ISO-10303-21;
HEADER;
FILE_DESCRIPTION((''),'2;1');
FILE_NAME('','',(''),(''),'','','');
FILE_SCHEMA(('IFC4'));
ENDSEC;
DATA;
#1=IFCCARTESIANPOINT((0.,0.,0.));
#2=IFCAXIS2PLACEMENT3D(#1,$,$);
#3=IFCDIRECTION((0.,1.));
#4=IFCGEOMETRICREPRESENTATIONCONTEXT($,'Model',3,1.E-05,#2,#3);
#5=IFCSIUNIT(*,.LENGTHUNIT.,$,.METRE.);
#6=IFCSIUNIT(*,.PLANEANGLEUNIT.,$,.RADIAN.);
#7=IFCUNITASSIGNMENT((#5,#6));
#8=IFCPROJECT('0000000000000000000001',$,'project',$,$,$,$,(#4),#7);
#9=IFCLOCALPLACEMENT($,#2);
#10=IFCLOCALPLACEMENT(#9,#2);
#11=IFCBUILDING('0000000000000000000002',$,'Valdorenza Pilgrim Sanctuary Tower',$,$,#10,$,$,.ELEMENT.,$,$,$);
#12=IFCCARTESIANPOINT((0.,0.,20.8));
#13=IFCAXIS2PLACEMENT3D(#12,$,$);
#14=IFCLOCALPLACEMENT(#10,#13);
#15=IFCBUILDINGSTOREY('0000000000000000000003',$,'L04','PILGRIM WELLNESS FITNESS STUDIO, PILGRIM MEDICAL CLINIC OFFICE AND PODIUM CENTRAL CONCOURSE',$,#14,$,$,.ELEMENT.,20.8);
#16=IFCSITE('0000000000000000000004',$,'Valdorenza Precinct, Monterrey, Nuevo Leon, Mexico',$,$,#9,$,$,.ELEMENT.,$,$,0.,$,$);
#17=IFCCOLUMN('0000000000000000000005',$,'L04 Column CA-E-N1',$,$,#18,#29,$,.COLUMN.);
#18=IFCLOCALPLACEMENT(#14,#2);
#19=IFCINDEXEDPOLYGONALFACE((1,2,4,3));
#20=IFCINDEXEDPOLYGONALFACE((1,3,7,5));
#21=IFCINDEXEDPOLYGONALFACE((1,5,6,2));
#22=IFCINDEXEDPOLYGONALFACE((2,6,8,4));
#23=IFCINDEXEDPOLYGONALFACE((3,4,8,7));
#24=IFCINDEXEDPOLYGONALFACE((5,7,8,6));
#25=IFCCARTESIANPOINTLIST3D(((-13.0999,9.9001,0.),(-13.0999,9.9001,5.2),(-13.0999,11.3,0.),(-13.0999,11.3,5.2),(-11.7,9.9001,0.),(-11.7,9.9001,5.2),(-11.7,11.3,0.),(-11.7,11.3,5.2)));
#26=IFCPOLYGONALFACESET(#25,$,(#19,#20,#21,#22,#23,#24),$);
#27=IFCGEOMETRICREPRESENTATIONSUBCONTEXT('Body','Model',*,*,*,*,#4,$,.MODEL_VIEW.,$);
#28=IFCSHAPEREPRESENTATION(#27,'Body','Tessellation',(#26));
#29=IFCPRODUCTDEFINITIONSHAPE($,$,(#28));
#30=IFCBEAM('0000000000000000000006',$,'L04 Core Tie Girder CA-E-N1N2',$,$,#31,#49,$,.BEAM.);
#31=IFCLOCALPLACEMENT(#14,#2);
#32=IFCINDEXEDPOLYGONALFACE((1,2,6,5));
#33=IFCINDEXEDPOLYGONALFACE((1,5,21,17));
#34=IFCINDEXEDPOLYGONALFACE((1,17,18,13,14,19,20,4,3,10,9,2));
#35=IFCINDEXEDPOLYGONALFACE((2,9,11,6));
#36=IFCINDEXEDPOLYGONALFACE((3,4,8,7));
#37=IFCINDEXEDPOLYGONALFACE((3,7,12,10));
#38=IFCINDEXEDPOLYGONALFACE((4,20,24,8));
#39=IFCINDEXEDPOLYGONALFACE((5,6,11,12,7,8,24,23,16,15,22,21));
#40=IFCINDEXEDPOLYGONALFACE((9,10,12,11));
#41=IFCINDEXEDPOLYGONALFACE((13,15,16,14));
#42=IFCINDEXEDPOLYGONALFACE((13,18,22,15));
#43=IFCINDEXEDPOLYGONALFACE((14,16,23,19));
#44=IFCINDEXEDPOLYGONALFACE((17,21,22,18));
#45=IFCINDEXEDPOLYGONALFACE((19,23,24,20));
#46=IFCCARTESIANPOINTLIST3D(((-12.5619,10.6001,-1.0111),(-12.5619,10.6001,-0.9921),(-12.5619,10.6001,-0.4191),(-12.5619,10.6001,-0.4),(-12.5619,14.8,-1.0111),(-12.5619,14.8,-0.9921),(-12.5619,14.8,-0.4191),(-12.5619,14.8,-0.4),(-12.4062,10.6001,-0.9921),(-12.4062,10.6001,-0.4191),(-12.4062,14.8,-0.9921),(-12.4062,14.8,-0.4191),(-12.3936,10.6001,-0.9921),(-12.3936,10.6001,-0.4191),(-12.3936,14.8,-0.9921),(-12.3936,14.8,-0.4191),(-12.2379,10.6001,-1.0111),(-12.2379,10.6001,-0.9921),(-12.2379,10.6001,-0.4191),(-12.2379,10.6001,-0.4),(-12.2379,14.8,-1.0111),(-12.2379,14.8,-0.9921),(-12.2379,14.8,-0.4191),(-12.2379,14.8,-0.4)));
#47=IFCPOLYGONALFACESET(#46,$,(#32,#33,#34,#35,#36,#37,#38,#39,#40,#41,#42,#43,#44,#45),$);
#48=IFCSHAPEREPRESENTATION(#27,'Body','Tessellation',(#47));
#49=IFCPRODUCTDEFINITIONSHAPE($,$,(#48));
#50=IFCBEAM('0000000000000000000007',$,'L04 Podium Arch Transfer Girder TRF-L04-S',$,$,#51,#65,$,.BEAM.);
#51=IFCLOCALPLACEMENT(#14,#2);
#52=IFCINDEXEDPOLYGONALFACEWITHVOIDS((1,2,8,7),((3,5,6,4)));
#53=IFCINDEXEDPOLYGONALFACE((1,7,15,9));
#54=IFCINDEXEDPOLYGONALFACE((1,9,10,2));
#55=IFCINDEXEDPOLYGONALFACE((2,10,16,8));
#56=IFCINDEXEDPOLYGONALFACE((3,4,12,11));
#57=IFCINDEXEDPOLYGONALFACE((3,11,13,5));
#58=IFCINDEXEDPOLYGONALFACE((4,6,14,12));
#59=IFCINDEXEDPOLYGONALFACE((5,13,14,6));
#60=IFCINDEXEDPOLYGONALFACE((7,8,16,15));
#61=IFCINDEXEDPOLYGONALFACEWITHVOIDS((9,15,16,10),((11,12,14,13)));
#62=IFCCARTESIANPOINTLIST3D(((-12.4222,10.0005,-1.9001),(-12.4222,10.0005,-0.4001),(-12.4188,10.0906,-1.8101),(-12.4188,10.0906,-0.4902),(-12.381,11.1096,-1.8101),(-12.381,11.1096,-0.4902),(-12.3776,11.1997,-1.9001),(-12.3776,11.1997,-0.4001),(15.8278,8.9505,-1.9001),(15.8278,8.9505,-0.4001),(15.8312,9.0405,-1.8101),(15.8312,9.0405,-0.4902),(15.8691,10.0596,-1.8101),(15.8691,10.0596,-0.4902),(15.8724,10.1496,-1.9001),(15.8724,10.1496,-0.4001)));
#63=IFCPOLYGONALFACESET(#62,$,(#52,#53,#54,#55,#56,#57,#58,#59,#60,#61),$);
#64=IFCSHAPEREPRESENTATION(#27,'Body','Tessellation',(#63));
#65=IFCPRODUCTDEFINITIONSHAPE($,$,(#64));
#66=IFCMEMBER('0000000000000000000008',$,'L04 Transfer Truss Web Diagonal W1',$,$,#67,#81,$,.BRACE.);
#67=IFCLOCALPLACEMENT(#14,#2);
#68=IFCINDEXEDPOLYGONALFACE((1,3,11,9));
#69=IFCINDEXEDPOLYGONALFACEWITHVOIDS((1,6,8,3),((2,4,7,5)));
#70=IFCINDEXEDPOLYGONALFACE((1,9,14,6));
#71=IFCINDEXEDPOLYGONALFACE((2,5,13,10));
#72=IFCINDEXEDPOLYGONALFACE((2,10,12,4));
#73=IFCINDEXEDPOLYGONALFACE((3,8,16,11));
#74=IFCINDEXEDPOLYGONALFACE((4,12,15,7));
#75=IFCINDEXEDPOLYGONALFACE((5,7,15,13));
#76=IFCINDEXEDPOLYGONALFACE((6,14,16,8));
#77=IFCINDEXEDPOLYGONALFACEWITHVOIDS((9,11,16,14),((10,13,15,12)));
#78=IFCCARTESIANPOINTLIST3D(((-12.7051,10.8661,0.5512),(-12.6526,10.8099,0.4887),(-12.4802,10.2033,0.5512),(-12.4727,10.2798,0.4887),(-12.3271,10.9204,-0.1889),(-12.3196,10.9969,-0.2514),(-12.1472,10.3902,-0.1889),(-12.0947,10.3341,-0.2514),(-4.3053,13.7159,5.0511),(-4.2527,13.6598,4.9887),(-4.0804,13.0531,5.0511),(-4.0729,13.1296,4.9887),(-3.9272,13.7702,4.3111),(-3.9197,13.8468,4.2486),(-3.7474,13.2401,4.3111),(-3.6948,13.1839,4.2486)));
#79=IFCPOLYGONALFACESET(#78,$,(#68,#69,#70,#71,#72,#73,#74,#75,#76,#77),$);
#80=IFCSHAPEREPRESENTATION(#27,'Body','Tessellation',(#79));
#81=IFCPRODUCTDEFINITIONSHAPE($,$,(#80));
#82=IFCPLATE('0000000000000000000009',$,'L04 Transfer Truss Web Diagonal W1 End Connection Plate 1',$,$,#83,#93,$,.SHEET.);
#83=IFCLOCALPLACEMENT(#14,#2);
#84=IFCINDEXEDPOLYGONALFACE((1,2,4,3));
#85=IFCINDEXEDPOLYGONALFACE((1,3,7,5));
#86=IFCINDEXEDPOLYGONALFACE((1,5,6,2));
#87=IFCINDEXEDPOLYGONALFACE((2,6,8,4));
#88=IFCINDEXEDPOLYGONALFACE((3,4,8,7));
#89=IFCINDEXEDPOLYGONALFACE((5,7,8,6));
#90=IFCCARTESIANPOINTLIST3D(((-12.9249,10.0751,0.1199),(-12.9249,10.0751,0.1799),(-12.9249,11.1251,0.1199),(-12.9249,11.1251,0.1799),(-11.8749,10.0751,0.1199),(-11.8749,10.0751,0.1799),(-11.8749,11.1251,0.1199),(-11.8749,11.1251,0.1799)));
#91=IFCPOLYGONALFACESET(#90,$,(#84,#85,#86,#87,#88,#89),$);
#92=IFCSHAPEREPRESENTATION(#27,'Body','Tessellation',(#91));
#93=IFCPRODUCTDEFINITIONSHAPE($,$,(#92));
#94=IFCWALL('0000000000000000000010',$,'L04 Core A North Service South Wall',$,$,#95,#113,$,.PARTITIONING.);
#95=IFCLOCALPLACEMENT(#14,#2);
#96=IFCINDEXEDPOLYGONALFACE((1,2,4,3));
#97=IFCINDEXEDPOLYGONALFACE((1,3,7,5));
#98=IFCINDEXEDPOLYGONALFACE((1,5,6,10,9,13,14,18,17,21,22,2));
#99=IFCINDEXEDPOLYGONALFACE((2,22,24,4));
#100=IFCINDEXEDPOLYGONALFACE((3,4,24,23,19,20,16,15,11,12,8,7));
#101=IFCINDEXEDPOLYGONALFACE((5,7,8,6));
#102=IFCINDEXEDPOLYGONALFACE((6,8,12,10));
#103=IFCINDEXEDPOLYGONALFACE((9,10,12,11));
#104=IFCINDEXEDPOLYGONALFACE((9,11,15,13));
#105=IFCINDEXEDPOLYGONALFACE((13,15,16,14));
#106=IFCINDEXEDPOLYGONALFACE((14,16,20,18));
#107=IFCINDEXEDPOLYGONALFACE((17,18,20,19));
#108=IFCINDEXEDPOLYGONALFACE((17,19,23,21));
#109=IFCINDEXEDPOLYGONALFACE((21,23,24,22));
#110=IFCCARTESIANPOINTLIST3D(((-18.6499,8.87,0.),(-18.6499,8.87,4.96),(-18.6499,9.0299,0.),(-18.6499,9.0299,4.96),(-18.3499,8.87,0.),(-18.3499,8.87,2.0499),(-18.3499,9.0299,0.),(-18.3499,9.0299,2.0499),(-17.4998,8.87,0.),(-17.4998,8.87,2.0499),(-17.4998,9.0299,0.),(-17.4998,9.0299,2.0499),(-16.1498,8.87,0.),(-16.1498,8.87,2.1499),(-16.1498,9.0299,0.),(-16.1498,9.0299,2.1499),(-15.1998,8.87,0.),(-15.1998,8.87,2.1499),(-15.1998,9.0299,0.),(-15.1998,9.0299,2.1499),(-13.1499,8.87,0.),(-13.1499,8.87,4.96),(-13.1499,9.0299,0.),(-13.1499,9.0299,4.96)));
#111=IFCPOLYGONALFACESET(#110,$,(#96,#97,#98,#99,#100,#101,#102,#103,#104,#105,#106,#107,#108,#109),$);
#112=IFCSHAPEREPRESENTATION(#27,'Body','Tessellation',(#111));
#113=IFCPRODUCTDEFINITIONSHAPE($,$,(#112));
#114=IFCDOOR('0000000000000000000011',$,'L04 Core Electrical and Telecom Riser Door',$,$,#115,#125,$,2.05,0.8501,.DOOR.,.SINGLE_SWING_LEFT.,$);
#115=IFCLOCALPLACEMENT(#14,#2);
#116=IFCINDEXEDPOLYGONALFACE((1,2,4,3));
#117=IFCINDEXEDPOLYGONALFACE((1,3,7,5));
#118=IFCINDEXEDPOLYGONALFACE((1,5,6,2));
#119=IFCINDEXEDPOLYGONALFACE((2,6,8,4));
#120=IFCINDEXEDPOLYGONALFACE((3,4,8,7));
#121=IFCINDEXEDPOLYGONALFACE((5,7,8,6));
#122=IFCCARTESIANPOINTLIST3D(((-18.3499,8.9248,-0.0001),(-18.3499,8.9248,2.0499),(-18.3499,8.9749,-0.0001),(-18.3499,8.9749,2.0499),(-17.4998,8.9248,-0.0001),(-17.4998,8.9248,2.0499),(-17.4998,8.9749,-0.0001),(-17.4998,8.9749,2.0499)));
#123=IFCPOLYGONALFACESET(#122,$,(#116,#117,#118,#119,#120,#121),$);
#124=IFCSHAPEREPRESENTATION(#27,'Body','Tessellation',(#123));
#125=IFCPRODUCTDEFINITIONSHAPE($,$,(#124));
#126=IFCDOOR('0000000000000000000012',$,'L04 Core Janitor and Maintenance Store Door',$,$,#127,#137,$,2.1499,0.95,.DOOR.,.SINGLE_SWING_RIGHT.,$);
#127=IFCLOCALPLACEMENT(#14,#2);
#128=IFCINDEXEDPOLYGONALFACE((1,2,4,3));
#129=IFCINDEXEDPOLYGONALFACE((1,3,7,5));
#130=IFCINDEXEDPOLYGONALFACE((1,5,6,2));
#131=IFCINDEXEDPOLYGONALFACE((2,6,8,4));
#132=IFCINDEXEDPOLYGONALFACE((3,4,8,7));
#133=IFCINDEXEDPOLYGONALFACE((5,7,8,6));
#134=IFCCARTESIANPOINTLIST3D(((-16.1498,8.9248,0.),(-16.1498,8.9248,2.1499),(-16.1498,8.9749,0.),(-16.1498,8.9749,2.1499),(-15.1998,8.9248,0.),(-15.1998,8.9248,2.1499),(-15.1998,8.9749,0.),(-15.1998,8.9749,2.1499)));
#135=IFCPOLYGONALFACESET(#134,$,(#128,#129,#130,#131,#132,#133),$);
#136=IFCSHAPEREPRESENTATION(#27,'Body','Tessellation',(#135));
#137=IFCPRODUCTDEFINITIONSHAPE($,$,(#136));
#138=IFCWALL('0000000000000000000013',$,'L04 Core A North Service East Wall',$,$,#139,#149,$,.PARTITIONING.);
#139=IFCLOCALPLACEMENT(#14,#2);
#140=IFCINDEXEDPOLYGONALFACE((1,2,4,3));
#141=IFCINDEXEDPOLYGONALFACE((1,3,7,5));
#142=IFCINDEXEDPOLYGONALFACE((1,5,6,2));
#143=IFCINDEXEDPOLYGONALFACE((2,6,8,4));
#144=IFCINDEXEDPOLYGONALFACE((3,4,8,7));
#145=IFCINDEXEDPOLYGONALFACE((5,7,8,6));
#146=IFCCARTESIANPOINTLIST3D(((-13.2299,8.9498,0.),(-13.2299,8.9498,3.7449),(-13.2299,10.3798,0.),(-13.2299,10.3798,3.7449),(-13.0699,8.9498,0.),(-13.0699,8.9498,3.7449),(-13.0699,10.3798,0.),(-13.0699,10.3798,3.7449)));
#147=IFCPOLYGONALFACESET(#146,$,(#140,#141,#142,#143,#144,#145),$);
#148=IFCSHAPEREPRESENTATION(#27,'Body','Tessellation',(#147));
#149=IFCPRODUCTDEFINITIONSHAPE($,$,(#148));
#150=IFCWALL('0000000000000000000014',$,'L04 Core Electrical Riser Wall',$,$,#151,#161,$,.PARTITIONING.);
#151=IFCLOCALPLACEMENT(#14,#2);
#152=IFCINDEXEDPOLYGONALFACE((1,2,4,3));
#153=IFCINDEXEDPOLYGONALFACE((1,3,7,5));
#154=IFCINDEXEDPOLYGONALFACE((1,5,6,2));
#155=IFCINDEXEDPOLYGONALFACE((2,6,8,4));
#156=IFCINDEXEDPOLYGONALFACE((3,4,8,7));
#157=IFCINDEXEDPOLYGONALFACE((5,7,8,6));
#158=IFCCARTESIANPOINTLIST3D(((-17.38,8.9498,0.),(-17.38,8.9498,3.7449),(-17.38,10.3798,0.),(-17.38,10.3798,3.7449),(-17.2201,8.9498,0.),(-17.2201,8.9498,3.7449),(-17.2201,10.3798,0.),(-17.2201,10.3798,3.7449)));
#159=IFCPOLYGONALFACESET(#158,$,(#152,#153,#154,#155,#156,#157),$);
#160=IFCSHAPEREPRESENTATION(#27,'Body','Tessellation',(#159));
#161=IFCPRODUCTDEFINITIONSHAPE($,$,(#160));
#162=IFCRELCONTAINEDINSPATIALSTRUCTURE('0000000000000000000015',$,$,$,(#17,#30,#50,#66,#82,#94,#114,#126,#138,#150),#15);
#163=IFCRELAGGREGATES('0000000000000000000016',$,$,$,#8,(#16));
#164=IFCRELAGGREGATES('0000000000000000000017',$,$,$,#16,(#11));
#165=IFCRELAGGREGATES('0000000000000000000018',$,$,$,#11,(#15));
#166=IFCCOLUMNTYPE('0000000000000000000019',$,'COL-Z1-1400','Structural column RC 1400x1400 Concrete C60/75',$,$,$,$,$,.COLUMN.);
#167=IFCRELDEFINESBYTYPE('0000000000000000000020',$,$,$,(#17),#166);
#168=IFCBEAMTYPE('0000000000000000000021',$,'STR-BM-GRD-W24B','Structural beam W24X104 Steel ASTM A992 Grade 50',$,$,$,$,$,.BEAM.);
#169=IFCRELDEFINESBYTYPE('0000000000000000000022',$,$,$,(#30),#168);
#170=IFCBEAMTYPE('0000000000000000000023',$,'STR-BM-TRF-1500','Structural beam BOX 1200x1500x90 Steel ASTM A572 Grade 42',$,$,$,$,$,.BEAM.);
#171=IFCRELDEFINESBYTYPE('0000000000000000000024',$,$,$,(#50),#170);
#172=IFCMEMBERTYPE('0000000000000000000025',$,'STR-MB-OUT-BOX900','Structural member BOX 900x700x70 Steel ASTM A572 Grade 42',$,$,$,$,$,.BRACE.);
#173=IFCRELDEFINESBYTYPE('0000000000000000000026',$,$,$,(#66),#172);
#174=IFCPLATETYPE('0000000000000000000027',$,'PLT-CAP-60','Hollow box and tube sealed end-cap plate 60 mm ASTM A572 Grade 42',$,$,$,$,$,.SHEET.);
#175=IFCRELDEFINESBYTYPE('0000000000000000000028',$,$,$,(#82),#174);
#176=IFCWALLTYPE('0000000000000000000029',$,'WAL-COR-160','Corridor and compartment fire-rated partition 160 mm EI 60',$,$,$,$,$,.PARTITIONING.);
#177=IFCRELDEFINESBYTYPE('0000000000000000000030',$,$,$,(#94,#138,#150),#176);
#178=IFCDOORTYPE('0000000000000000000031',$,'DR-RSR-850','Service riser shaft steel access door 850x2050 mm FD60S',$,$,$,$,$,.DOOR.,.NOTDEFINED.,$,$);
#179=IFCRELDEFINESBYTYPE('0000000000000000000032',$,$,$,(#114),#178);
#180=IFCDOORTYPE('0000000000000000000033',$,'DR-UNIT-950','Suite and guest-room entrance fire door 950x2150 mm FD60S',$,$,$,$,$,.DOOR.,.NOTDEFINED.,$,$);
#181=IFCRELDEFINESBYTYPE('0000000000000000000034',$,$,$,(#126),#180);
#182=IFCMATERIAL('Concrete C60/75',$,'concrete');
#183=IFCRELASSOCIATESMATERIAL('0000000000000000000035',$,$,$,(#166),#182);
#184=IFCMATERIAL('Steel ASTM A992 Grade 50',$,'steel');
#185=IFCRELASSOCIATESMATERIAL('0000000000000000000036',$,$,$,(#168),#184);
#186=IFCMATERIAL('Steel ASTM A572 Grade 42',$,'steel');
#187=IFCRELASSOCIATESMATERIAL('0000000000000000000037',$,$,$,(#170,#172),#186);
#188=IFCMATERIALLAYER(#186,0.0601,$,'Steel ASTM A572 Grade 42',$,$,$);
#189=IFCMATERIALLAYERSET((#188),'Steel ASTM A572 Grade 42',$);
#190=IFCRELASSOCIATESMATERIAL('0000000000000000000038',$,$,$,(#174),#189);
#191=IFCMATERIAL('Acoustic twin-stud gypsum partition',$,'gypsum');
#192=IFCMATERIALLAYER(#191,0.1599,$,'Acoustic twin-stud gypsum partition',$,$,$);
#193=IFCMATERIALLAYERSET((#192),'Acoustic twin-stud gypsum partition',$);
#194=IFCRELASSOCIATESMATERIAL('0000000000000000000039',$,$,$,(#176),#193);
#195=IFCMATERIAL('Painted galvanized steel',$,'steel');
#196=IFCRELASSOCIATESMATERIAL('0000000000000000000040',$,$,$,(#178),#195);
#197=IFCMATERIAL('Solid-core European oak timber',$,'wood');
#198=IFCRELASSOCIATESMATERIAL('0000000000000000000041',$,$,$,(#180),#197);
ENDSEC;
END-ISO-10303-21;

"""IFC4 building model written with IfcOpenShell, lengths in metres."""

from ifc_helpers import new_model, si_unit, direction, frame, frame_2d, origin, origin_2d, place, context, subcontext, project, spatial, rectangle, hollow_rectangle, i_section, extrude, source, transform, mapped, material, layer, layer_set, material_profile, profile_set, type_object, element, fill, save


model = new_model("IFC4")

# Units and contexts
model_context = context("Model", 3, precision=1e-05, world=origin(), true_north=direction((0.0, 1.0)))
body_context = subcontext(model_context, "Body", "Model", "MODEL_VIEW")
ifc_project = project(units=[si_unit("LENGTHUNIT", "METRE"), si_unit("PLANEANGLEUNIT", "RADIAN")], contexts=[model_context])

# Site, building, storey
site_placement = place(None, origin())
site = spatial("IfcSite", under=ifc_project, at=site_placement, Name="Valdorenza Precinct, Monterrey, Nuevo Leon, Mexico", CompositionType="ELEMENT", RefElevation=0.0)
building_placement = place(site_placement, origin())
building = spatial("IfcBuilding", under=site, at=building_placement, Name="Valdorenza Pilgrim Sanctuary Tower", CompositionType="ELEMENT")
storey_placement = place(building_placement, frame((0.0, 0.0, 20.8)))
storey = spatial("IfcBuildingStorey", under=building, at=storey_placement, Name="L04", Description="PILGRIM WELLNESS FITNESS STUDIO, PILGRIM MEDICAL CLINIC OFFICE AND PODIUM CENTRAL CONCOURSE", CompositionType="ELEMENT", Elevation=20.8)

# Column
ifc_material_1 = material(Name="Concrete C60/75", Category="concrete")
ifc_material_profile_1 = material_profile(ifc_material_1, rectangle(XDim=1.3999, YDim=1.3999, at=origin_2d()), Name="RC 1400x1400")
ifc_profile_set_1 = profile_set([ifc_material_profile_1], Name="Concrete C60/75")
column_type = type_object("IfcColumnType", Name="COL-Z1-1400", Description="Structural column RC 1400x1400 Concrete C60/75", PredefinedType="COLUMN", material=ifc_profile_set_1)
shared_shape_1 = source(origin(), body_context, "Body", "SweptSolid", [
    extrude(rectangle(XDim=1.3999, YDim=1.3999, at=origin_2d()), origin(), (0.0, 0.0, 1.0), 5.2),
])
column_placement = place(storey_placement, frame((-12.3999, 10.6001, 0.0), z_axis=(0.0, 0.0, 1.0), x_axis=(1.0, 0.0, 0.0)))
element("IfcColumn", 1, at=column_placement, inside=storey, type_object=column_type, Name="L04 Column CA-E-N1", PredefinedType="COLUMN", context=body_context, shape_type="MappedRepresentation", body=[
    mapped(shared_shape_1, transform((0.0, 0.0, 0.0), x_axis=(1.0, 0.0, 0.0), y_axis=(0.0, 1.0, 0.0), z_axis=(0.0, 0.0, 1.0), scale=1.0)),
])

# Beams
ifc_material_2 = material(Name="Steel ASTM A992 Grade 50", Category="steel")
ifc_material_profile_2 = material_profile(ifc_material_2, i_section(OverallWidth=0.324, OverallDepth=0.6111, WebThickness=0.0127, FlangeThickness=0.019, at=origin_2d()), Name="W24X104")
ifc_profile_set_2 = profile_set([ifc_material_profile_2], Name="Steel ASTM A992 Grade 50")
beam_type_1 = type_object("IfcBeamType", Name="STR-BM-GRD-W24B", Description="Structural beam W24X104 Steel ASTM A992 Grade 50", PredefinedType="BEAM", material=ifc_profile_set_2)
shared_shape_2 = source(origin(), body_context, "Body", "SweptSolid", [
    extrude(i_section(OverallWidth=0.324, OverallDepth=0.6111, WebThickness=0.0127, FlangeThickness=0.019, at=origin_2d()), origin(), (0.0, 0.0, 1.0), 4.2),
])
beam_1_placement = place(storey_placement, frame((-12.3999, 10.6001, -0.7056), z_axis=(0.0, 1.0, 0.0), x_axis=(-1.0, 0.0, 0.0)))
element("IfcBeam", 2, at=beam_1_placement, inside=storey, type_object=beam_type_1, Name="L04 Core Tie Girder CA-E-N1N2", PredefinedType="BEAM", context=body_context, shape_type="MappedRepresentation", body=[
    mapped(shared_shape_2, transform((0.0, 0.0, 0.0), x_axis=(1.0, 0.0, 0.0), y_axis=(0.0, 1.0, 0.0), z_axis=(0.0, 0.0, 1.0), scale=1.0)),
])
ifc_material_3 = material(Name="Steel ASTM A572 Grade 42", Category="steel")
ifc_material_profile_3 = material_profile(ifc_material_3, hollow_rectangle(XDim=1.2, YDim=1.5, WallThickness=0.0901, at=origin_2d()), Name="BOX 1200x1500x90")
ifc_profile_set_3 = profile_set([ifc_material_profile_3], Name="Steel ASTM A572 Grade 42")
beam_type_2 = type_object("IfcBeamType", Name="STR-BM-TRF-1500", Description="Structural beam BOX 1200x1500x90 Steel ASTM A572 Grade 42", PredefinedType="BEAM", material=ifc_profile_set_3)
shared_shape_3 = source(origin(), body_context, "Body", "SweptSolid", [
    extrude(hollow_rectangle(XDim=1.2, YDim=1.5, WallThickness=0.0901, at=origin_2d()), origin(), (0.0, 0.0, 1.0), 28.2695),
])
beam_2_placement = place(storey_placement, frame((-12.3999, 10.6001, -1.1501), z_axis=(0.99931, -0.037144, 0.0), x_axis=(0.037144, 0.99931, 0.0)))
element("IfcBeam", 3, at=beam_2_placement, inside=storey, type_object=beam_type_2, Name="L04 Podium Arch Transfer Girder TRF-L04-S", PredefinedType="BEAM", context=body_context, shape_type="MappedRepresentation", body=[
    mapped(shared_shape_3, transform((0.0, 0.0, 0.0), x_axis=(1.0, 0.0, 0.0), y_axis=(0.0, 1.0, 0.0), z_axis=(0.0, 0.0, 1.0), scale=1.0)),
])

# Member
ifc_material_profile_4 = material_profile(ifc_material_3, hollow_rectangle(XDim=0.7, YDim=0.8999, WallThickness=0.0701, at=origin_2d()), Name="BOX 900x700x70")
ifc_profile_set_4 = profile_set([ifc_material_profile_4], Name="Steel ASTM A572 Grade 42")
member_type = type_object("IfcMemberType", Name="STR-MB-OUT-BOX900", Description="Structural member BOX 900x700x70 Steel ASTM A572 Grade 42", PredefinedType="BRACE", material=ifc_profile_set_4)
shared_shape_4 = source(origin(), body_context, "Body", "SweptSolid", [
    extrude(hollow_rectangle(XDim=0.7, YDim=0.8999, WallThickness=0.0701, at=origin_2d()), origin(), (0.0, 0.0, 1.0), 9.9463),
])
member_placement = place(storey_placement, frame((-12.3999, 10.6001, 0.1499), z_axis=(0.84452, 0.286522, 0.452427), x_axis=(-0.321285, 0.946983, 0.0)))
element("IfcMember", 4, at=member_placement, inside=storey, type_object=member_type, Name="L04 Transfer Truss Web Diagonal W1", PredefinedType="BRACE", context=body_context, shape_type="MappedRepresentation", body=[
    mapped(shared_shape_4, transform((0.0, 0.0, 0.0), x_axis=(1.0, 0.0, 0.0), y_axis=(0.0, 1.0, 0.0), z_axis=(0.0, 0.0, 1.0), scale=1.0)),
])

# Plate
ifc_layer_1 = layer(ifc_material_3, 0.0601, Name="Steel ASTM A572 Grade 42")
ifc_layer_set_1 = layer_set([ifc_layer_1], Name="Steel ASTM A572 Grade 42")
plate_type = type_object("IfcPlateType", Name="PLT-CAP-60", Description="Hollow box and tube sealed end-cap plate 60 mm ASTM A572 Grade 42", PredefinedType="SHEET", material=ifc_layer_set_1)
shared_shape_5 = source(origin(), body_context, "Body", "SweptSolid", [
    extrude(rectangle(XDim=1.05, YDim=1.05, at=origin_2d()), origin(), (0.0, 0.0, 1.0), 0.0601),
])
plate_placement = place(storey_placement, frame((-12.3999, 10.6001, 0.1199), z_axis=(0.0, 0.0, 1.0), x_axis=(1.0, 0.0, 0.0)))
element("IfcPlate", 5, at=plate_placement, inside=storey, type_object=plate_type, Name="L04 Transfer Truss Web Diagonal W1 End Connection Plate 1", PredefinedType="SHEET", context=body_context, shape_type="MappedRepresentation", body=[
    mapped(shared_shape_5, transform((0.0, 0.0, 0.0), x_axis=(1.0, 0.0, 0.0), y_axis=(0.0, 1.0, 0.0), z_axis=(0.0, 0.0, 1.0), scale=1.0)),
])

# Wall, openings, doors
ifc_material_4 = material(Name="Acoustic twin-stud gypsum partition", Category="gypsum")
ifc_layer_2 = layer(ifc_material_4, 0.1599, Name="Acoustic twin-stud gypsum partition")
ifc_layer_set_2 = layer_set([ifc_layer_2], Name="Acoustic twin-stud gypsum partition")
wall_type_1 = type_object("IfcWallType", Name="WAL-COR-160", Description="Corridor and compartment fire-rated partition 160 mm EI 60", PredefinedType="PARTITIONING", material=ifc_layer_set_2)
wall_1_placement = place(storey_placement, frame((-18.6499, 8.95, 0.0), z_axis=(0.0, 0.0, 1.0), x_axis=(1.0, 0.0, 0.0)))
wall_1 = element("IfcWall", 6, at=wall_1_placement, inside=storey, type_object=wall_type_1, Name="L04 Core A North Service South Wall", PredefinedType="PARTITIONING", context=body_context, shape_type="SweptSolid", body=[
    extrude(rectangle(XDim=5.5, YDim=0.1599, at=frame_2d((2.75, 0.0))), origin(), (0.0, 0.0, 1.0), 4.96),
])
opening_1_placement = place(wall_1_placement, frame((0.3, 0.0, 0.0)))
opening_1 = element("IfcOpeningElement", 7, at=opening_1_placement, cuts=wall_1, PredefinedType="OPENING", context=body_context, shape_type="SweptSolid", body=[
    extrude(rectangle(XDim=0.8501, YDim=2.05, at=frame_2d((0.425, 1.0249))), frame((0.0, 0.0947, 0.0), z_axis=(0.0, -1.0, 0.0), x_axis=(1.0, 0.0, 0.0)), (0.0, 0.0, 1.0), 0.1897),
])
opening_2_placement = place(wall_1_placement, frame((2.5, 0.0, 0.0)))
opening_2 = element("IfcOpeningElement", 8, at=opening_2_placement, cuts=wall_1, PredefinedType="OPENING", context=body_context, shape_type="SweptSolid", body=[
    extrude(rectangle(XDim=0.95, YDim=2.1499, at=frame_2d((0.4751, 1.075))), frame((0.0, 0.0947, 0.0), z_axis=(0.0, -1.0, 0.0), x_axis=(1.0, 0.0, 0.0)), (0.0, 0.0, 1.0), 0.1897),
])
ifc_material_5 = material(Name="Painted galvanized steel", Category="steel")
door_type_1 = type_object("IfcDoorType", Name="DR-RSR-850", Description="Service riser shaft steel access door 850x2050 mm FD60S", OperationType="NOTDEFINED", PredefinedType="DOOR", material=ifc_material_5)
door_1_placement = place(opening_1_placement, origin())
door_1 = element("IfcDoor", 9, at=door_1_placement, inside=storey, type_object=door_type_1, Name="L04 Core Electrical and Telecom Riser Door", OperationType="SINGLE_SWING_LEFT", OverallHeight=2.05, OverallWidth=0.8501, PredefinedType="DOOR", context=body_context, shape_type="SweptSolid", body=[
    extrude(rectangle(XDim=0.8501, YDim=2.05, at=frame_2d((0.425, 1.0249))), frame((0.0, 0.0249, 0.0), z_axis=(0.0, -1.0, 0.0), x_axis=(1.0, 0.0, 0.0)), (0.0, 0.0, 1.0), 0.05),
])
fill(opening_1, door_1)
ifc_material_6 = material(Name="Solid-core European oak timber", Category="wood")
door_type_2 = type_object("IfcDoorType", Name="DR-UNIT-950", Description="Suite and guest-room entrance fire door 950x2150 mm FD60S", OperationType="NOTDEFINED", PredefinedType="DOOR", material=ifc_material_6)
door_2_placement = place(opening_2_placement, origin())
door_2 = element("IfcDoor", 10, at=door_2_placement, inside=storey, type_object=door_type_2, Name="L04 Core Janitor and Maintenance Store Door", OperationType="SINGLE_SWING_RIGHT", OverallHeight=2.1499, OverallWidth=0.95, PredefinedType="DOOR", context=body_context, shape_type="SweptSolid", body=[
    extrude(rectangle(XDim=0.95, YDim=2.1499, at=frame_2d((0.4751, 1.075))), frame((0.0, 0.0249, 0.0), z_axis=(0.0, -1.0, 0.0), x_axis=(1.0, 0.0, 0.0)), (0.0, 0.0, 1.0), 0.05),
])
fill(opening_2, door_2)

# Walls
for number, where, z_axis, x_axis, name in (
    (11, (-13.1499, 8.95, 0.0), (0.0, 0.0, 1.0), (0.0, 1.0, 0.0), "L04 Core A North Service East Wall"),
    (12, (-17.3, 8.95, 0.0), (0.0, 0.0, 1.0), (0.0, 1.0, 0.0), "L04 Core Electrical Riser Wall"),
):
    element("IfcWall", number, at=place(storey_placement, frame(where, z_axis=z_axis, x_axis=x_axis)), inside=storey, type_object=wall_type_1, Name=name, PredefinedType="PARTITIONING", context=body_context, shape_type="SweptSolid", body=[
        extrude(rectangle(XDim=1.4299, YDim=0.1599, at=frame_2d((0.7148, 0.0))), origin(), (0.0, 0.0, 1.0), 3.7449),
    ])

save(model, "model.ifc")
